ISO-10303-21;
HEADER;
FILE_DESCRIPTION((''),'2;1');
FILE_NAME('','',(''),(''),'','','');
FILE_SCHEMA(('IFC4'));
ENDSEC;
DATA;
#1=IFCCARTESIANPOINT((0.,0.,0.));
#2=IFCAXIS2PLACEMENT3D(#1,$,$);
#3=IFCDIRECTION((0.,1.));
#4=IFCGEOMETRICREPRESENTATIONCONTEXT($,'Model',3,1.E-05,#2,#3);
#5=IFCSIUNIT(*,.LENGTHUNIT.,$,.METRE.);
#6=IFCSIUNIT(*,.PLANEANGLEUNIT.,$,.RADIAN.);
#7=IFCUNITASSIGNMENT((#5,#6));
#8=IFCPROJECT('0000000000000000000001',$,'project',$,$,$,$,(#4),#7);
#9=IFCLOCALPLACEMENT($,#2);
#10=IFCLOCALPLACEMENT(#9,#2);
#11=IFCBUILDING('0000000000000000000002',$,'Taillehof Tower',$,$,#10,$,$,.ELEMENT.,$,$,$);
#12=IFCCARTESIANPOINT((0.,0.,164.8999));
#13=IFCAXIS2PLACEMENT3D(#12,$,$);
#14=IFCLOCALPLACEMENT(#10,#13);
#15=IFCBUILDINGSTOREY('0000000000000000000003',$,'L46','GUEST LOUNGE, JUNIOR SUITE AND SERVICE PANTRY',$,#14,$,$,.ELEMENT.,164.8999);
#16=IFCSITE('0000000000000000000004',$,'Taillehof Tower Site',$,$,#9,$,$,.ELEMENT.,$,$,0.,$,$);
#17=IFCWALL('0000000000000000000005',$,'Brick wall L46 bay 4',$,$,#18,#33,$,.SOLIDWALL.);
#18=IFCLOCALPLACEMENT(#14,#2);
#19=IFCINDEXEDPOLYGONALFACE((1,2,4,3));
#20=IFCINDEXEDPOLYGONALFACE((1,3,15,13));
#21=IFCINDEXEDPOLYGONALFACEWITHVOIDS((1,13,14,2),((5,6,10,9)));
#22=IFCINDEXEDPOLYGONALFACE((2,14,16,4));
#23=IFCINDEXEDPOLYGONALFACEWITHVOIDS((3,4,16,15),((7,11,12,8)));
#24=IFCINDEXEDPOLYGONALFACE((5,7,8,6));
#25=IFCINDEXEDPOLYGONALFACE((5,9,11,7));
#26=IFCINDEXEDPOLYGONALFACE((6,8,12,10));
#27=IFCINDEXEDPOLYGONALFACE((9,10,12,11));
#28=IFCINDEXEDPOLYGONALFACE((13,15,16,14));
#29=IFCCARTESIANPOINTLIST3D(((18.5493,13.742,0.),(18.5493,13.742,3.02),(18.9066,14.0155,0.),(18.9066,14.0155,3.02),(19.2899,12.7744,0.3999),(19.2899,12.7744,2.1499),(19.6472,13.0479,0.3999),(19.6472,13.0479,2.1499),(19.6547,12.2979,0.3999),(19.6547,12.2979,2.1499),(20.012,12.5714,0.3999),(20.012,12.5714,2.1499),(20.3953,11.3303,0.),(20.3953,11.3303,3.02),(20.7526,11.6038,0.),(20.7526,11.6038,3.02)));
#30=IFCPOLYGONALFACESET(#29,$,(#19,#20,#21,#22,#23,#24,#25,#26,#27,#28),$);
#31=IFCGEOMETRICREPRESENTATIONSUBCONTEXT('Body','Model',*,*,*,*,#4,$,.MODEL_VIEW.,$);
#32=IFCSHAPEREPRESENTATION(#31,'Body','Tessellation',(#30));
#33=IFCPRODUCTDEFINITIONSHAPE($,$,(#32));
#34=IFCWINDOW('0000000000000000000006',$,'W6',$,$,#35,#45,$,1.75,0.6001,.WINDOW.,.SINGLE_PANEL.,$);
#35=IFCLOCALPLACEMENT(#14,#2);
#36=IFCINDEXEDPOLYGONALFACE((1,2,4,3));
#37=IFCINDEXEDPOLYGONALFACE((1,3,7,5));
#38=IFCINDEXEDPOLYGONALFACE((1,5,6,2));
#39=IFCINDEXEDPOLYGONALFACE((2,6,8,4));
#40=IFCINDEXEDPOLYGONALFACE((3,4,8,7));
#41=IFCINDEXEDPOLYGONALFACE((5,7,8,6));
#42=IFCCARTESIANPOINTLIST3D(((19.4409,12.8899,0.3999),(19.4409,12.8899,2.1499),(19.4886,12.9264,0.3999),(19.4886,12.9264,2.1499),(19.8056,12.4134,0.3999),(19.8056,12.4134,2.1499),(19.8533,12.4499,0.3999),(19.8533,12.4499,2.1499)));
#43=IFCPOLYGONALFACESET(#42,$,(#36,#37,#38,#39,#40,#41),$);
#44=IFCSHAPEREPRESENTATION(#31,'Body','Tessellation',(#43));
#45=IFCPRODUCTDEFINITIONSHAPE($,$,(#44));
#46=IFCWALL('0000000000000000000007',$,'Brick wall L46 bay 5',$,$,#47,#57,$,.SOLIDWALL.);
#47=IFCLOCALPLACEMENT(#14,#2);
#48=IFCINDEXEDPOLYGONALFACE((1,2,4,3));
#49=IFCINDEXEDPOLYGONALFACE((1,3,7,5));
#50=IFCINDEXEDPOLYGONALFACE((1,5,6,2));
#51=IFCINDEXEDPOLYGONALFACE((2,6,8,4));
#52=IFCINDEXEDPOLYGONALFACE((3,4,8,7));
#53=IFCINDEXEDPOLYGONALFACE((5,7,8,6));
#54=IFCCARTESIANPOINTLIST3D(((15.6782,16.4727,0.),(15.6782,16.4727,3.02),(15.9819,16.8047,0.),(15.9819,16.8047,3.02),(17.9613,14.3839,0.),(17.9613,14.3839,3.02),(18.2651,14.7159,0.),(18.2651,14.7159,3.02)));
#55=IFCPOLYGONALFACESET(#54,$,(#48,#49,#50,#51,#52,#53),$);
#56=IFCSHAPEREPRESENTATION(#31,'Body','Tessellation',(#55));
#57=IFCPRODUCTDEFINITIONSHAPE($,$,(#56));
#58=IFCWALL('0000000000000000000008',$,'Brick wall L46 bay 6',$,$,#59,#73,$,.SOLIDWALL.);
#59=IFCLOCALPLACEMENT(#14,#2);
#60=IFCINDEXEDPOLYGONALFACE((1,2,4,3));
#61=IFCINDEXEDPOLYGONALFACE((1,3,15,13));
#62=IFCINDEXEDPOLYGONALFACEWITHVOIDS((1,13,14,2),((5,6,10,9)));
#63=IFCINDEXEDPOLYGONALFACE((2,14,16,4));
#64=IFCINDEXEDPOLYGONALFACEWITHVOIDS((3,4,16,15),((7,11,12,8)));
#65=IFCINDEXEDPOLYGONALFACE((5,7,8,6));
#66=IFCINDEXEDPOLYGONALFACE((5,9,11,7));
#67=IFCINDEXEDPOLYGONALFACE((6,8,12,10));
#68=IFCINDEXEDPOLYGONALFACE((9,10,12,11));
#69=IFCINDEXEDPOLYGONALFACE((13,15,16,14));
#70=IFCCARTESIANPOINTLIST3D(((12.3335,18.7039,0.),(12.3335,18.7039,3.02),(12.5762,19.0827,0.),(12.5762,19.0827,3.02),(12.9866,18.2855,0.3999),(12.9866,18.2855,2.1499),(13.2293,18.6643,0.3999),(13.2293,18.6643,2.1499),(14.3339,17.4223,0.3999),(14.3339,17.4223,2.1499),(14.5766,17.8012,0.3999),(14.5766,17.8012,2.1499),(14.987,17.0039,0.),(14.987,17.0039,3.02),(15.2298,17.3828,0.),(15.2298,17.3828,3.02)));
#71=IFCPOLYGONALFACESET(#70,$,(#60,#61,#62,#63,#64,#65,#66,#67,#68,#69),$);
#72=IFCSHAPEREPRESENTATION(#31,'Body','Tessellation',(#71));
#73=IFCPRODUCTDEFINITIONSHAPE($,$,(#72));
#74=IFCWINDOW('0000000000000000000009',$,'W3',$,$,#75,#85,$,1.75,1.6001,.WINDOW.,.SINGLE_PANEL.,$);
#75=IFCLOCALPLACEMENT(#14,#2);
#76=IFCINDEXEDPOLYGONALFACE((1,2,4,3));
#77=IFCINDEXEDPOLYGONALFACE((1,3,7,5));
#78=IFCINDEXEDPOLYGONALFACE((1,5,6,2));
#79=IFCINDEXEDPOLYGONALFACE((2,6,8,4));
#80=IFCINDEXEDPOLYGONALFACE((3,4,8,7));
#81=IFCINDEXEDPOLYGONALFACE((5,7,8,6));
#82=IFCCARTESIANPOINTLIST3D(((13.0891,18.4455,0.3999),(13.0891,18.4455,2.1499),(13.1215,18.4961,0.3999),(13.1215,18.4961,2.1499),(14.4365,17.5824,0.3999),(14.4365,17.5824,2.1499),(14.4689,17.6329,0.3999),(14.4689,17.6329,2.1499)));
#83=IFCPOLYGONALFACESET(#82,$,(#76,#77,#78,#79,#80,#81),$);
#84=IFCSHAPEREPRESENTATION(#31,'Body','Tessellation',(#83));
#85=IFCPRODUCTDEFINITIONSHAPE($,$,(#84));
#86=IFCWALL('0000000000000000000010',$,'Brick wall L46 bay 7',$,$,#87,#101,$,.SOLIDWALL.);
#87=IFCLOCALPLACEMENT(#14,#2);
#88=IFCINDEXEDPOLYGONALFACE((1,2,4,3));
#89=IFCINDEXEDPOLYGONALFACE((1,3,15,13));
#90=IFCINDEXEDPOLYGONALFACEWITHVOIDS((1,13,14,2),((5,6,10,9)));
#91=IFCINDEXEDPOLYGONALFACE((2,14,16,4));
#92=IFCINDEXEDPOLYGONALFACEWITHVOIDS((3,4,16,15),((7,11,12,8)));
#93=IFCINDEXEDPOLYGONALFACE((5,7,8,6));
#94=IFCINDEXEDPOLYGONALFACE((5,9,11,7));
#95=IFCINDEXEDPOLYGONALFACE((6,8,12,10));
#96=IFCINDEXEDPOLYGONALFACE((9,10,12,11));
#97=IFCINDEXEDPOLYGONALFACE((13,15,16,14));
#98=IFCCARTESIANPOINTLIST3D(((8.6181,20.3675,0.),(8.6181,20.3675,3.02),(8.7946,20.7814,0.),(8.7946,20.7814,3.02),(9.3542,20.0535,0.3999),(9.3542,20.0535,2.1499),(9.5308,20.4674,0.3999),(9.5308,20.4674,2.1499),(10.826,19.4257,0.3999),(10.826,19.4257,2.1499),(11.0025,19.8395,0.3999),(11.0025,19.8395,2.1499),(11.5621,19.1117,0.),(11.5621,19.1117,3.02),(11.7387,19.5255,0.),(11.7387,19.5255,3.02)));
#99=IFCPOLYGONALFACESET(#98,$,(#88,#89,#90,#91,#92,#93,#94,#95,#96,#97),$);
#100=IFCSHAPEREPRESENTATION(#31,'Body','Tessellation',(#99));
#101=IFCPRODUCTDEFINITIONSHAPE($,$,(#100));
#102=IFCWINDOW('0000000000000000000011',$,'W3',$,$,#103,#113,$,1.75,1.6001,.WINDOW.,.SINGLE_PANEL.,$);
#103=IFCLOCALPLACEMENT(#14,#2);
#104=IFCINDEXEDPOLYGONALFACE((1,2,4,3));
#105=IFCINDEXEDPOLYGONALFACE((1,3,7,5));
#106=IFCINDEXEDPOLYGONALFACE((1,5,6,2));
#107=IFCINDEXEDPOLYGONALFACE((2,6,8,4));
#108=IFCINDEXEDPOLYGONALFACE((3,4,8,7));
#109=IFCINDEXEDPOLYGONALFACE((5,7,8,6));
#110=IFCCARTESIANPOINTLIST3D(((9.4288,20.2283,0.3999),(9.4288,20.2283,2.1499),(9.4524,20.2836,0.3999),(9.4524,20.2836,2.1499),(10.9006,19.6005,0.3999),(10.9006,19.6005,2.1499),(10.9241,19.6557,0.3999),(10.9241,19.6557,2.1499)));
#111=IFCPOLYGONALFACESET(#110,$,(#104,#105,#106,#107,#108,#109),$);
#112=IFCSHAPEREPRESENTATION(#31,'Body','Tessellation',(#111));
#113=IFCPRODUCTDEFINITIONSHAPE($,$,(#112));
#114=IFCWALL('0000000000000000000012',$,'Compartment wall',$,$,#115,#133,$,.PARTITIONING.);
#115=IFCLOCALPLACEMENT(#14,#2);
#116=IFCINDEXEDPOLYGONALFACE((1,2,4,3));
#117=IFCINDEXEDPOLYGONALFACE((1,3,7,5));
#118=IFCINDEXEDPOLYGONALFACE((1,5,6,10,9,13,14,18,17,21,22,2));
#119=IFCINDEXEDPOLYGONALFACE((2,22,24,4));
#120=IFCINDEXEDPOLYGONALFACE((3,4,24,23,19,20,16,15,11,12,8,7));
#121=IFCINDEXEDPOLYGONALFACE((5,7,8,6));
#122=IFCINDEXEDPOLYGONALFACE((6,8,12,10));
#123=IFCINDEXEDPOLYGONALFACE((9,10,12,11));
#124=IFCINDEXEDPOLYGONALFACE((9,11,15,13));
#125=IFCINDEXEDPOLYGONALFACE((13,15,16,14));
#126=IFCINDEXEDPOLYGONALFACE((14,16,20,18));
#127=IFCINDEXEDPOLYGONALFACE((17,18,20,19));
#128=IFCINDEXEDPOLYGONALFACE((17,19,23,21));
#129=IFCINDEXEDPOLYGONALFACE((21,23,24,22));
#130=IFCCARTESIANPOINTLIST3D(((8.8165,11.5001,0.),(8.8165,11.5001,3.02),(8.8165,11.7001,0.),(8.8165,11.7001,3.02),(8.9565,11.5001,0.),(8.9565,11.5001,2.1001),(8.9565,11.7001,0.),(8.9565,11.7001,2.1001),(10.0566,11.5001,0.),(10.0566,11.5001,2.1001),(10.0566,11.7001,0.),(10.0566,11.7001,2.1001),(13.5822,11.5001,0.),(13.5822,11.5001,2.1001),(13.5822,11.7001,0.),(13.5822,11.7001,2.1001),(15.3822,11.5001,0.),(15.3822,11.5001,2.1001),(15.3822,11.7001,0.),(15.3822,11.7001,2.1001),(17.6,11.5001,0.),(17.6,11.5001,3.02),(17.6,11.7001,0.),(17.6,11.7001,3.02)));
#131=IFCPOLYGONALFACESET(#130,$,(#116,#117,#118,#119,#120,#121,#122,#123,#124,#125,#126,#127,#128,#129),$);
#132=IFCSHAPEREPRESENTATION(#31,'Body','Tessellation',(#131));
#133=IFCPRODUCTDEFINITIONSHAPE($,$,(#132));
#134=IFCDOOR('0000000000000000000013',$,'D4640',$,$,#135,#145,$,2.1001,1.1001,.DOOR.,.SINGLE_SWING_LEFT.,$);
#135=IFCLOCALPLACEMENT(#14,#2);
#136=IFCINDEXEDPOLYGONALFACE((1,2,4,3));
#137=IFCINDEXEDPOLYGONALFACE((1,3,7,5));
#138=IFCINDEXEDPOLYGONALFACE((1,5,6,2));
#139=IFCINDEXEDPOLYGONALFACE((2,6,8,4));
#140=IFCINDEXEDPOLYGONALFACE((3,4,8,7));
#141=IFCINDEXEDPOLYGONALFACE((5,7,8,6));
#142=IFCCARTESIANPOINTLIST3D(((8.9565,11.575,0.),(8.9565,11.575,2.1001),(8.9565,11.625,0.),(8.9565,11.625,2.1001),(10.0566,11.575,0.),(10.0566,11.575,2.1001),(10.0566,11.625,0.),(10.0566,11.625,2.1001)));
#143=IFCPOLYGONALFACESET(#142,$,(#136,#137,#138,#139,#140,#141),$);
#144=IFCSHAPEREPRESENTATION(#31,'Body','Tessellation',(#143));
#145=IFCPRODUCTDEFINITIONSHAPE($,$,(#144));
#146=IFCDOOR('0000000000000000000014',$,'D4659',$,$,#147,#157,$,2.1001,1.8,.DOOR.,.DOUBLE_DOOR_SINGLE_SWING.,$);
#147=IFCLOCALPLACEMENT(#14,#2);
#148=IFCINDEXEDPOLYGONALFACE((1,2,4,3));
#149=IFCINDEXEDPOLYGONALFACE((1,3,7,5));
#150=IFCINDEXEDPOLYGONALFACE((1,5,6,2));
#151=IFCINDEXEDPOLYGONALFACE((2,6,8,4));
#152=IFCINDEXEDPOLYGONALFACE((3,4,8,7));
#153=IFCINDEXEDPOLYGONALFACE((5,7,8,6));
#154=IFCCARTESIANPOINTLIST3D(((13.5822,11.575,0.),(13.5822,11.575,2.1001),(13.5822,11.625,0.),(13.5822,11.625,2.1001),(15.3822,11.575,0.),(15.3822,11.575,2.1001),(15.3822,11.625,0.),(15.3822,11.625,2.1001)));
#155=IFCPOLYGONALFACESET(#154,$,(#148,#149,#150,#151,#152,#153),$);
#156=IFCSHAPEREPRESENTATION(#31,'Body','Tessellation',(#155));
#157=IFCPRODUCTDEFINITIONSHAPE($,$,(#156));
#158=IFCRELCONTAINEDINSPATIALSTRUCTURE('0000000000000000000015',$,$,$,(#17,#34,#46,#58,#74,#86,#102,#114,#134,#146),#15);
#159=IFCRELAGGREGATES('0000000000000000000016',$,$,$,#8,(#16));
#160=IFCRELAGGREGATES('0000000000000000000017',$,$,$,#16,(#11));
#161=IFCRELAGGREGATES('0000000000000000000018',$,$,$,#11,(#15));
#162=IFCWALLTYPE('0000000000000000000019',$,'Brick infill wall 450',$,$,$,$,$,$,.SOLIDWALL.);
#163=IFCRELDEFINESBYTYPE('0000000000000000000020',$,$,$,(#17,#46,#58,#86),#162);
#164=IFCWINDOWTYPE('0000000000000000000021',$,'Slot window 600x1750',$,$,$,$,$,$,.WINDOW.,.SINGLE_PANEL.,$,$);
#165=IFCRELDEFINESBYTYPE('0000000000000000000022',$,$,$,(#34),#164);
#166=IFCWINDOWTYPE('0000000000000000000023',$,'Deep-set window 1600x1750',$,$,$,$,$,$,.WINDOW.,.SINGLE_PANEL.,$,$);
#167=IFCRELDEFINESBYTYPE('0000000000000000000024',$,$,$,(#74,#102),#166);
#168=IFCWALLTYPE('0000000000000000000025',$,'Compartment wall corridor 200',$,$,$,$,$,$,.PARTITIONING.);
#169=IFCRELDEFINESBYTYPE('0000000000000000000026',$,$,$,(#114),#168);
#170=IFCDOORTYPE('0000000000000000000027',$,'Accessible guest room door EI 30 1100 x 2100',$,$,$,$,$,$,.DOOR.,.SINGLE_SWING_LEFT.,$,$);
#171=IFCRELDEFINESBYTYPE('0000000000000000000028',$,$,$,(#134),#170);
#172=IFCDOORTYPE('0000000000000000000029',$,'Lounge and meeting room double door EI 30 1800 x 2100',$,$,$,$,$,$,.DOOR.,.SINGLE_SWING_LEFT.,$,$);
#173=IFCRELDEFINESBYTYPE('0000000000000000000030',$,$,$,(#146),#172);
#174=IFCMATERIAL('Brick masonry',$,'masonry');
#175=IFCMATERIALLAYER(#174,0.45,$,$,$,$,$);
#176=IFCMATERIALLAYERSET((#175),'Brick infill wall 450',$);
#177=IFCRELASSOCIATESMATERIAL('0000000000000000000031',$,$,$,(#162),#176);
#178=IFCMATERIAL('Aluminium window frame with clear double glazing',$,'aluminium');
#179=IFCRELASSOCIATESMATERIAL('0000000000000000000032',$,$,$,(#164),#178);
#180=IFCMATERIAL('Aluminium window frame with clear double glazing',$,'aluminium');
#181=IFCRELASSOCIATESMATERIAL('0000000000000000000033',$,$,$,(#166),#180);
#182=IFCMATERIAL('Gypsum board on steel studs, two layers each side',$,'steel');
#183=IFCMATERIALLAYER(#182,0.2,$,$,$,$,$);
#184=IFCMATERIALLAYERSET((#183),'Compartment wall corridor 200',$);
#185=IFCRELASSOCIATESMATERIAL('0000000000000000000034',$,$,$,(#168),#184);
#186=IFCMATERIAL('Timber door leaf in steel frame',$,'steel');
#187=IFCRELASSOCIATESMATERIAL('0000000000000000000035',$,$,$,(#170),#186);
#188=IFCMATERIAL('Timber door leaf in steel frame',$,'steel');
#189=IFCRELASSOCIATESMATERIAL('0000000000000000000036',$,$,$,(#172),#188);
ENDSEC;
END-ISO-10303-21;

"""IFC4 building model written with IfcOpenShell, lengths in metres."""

from ifc_helpers import new_model, si_unit, direction, frame, frame_2d, origin, place, context, subcontext, project, spatial, rectangle, extrude, material, layer, layer_set, type_object, element, fill, save


model = new_model("IFC4")

# Units and contexts
model_context = context("Model", 3, precision=1e-05, world=origin(), true_north=direction((0.0, 1.0)))
body_context = subcontext(model_context, "Body", "Model", "MODEL_VIEW")
ifc_project = project(units=[si_unit("LENGTHUNIT", "METRE"), si_unit("PLANEANGLEUNIT", "RADIAN")], contexts=[model_context])

# Site, building, storey
site_placement = place(None, origin())
site = spatial("IfcSite", under=ifc_project, at=site_placement, Name="Taillehof Tower Site", CompositionType="ELEMENT", RefElevation=0.0)
building_placement = place(site_placement, origin())
building = spatial("IfcBuilding", under=site, at=building_placement, Name="Taillehof Tower", CompositionType="ELEMENT")
storey_placement = place(building_placement, frame((0.0, 0.0, 164.8999)))
storey = spatial("IfcBuildingStorey", under=building, at=storey_placement, Name="L46", Description="GUEST LOUNGE, JUNIOR SUITE AND SERVICE PANTRY", CompositionType="ELEMENT", Elevation=164.8999)

# Wall, opening, window
ifc_material_1 = material(Name="Brick masonry", Category="masonry")
ifc_layer_1 = layer(ifc_material_1, 0.45)
ifc_layer_set_1 = layer_set([ifc_layer_1], Name="Brick infill wall 450")
wall_type_1 = type_object("IfcWallType", Name="Brick infill wall 450", PredefinedType="SOLIDWALL", material=ifc_layer_set_1)
wall_1_placement = place(storey_placement, frame((20.574, 11.467, 0.0), z_axis=(0.0, 0.0, 1.0), x_axis=(-0.607817, 0.794077, 0.0)))
wall_1 = element("IfcWall", 1, at=wall_1_placement, inside=storey, type_object=wall_type_1, Name="Brick wall L46 bay 4", PredefinedType="SOLIDWALL", context=body_context, shape_type="SweptSolid", body=[
    extrude(rectangle(XDim=3.0371, YDim=0.45, at=frame_2d((1.5186, 0.0))), origin(), (0.0, 0.0, 1.0), 3.02),
])
opening_1_placement = place(wall_1_placement, frame((1.2185, 0.0, 0.3999)))
opening_1 = element("IfcOpeningElement", 2, at=opening_1_placement, cuts=wall_1, PredefinedType="OPENING", context=body_context, shape_type="SweptSolid", body=[
    extrude(rectangle(XDim=0.6001, YDim=1.75, at=frame_2d((0.3, 0.875))), frame((0.0, 0.2349, 0.0), z_axis=(0.0, -1.0, 0.0), x_axis=(1.0, 0.0, 0.0)), (0.0, 0.0, 1.0), 0.47),
])
ifc_material_2 = material(Name="Aluminium window frame with clear double glazing", Category="aluminium")
window_type_1 = type_object("IfcWindowType", Name="Slot window 600x1750", PartitioningType="SINGLE_PANEL", PredefinedType="WINDOW", material=ifc_material_2)
window_1_placement = place(opening_1_placement, origin())
window_1 = element("IfcWindow", 3, at=window_1_placement, inside=storey, type_object=window_type_1, Name="W6", OverallHeight=1.75, OverallWidth=0.6001, PartitioningType="SINGLE_PANEL", PredefinedType="WINDOW", context=body_context, shape_type="SweptSolid", body=[
    extrude(rectangle(XDim=0.6001, YDim=1.75, at=frame_2d((0.3, 0.875))), frame((0.0, 0.0349, 0.0), z_axis=(0.0, -1.0, 0.0), x_axis=(1.0, 0.0, 0.0)), (0.0, 0.0, 1.0), 0.0601),
])
fill(opening_1, window_1)

# Wall
wall_2_placement = place(storey_placement, frame((18.1133, 14.5498, 0.0), z_axis=(0.0, 0.0, 1.0), x_axis=(-0.737809, 0.67501, 0.0)))
element("IfcWall", 4, at=wall_2_placement, inside=storey, type_object=wall_type_1, Name="Brick wall L46 bay 5", PredefinedType="SOLIDWALL", context=body_context, shape_type="SweptSolid", body=[
    extrude(rectangle(XDim=3.0945, YDim=0.45, at=frame_2d((1.5474, 0.0))), origin(), (0.0, 0.0, 1.0), 3.02),
])

# Walls, openings, windows
wall_3_placement = place(storey_placement, frame((15.1084, 17.1934, 0.0), z_axis=(0.0, 0.0, 1.0), x_axis=(-0.842031, 0.53943, 0.0)))
wall_3 = element("IfcWall", 5, at=wall_3_placement, inside=storey, type_object=wall_type_1, Name="Brick wall L46 bay 6", PredefinedType="SOLIDWALL", context=body_context, shape_type="SweptSolid", body=[
    extrude(rectangle(XDim=3.1514, YDim=0.45, at=frame_2d((1.5757, 0.0))), origin(), (0.0, 0.0, 1.0), 3.02),
])
opening_2_placement = place(wall_3_placement, frame((0.7756, 0.0, 0.3999)))
opening_2 = element("IfcOpeningElement", 6, at=opening_2_placement, cuts=wall_3, PredefinedType="OPENING", context=body_context, shape_type="SweptSolid", body=[
    extrude(rectangle(XDim=1.6001, YDim=1.75, at=frame_2d((0.8, 0.875))), frame((0.0, 0.2349, 0.0), z_axis=(0.0, -1.0, 0.0), x_axis=(1.0, 0.0, 0.0)), (0.0, 0.0, 1.0), 0.47),
])
ifc_material_3 = material(Name="Aluminium window frame with clear double glazing", Category="aluminium")
window_type_2 = type_object("IfcWindowType", Name="Deep-set window 1600x1750", PartitioningType="SINGLE_PANEL", PredefinedType="WINDOW", material=ifc_material_3)
window_2_placement = place(opening_2_placement, origin())
window_2 = element("IfcWindow", 7, at=window_2_placement, inside=storey, type_object=window_type_2, Name="W3", OverallHeight=1.75, OverallWidth=1.6001, PartitioningType="SINGLE_PANEL", PredefinedType="WINDOW", context=body_context, shape_type="SweptSolid", body=[
    extrude(rectangle(XDim=1.6001, YDim=1.75, at=frame_2d((0.8, 0.875))), frame((0.0, 0.0349, 0.0), z_axis=(0.0, -1.0, 0.0), x_axis=(1.0, 0.0, 0.0)), (0.0, 0.0, 1.0), 0.0601),
])
fill(opening_2, window_2)
wall_4_placement = place(storey_placement, frame((11.6504, 19.3186, 0.0), z_axis=(0.0, 0.0, 1.0), x_axis=(-0.91981, 0.392363, 0.0)))
wall_4 = element("IfcWall", 8, at=wall_4_placement, inside=storey, type_object=wall_type_1, Name="Brick wall L46 bay 7", PredefinedType="SOLIDWALL", context=body_context, shape_type="SweptSolid", body=[
    extrude(rectangle(XDim=3.2007, YDim=0.45, at=frame_2d((1.6003, 0.0))), origin(), (0.0, 0.0, 1.0), 3.02),
])
opening_3_placement = place(wall_4_placement, frame((0.8003, 0.0, 0.3999)))
opening_3 = element("IfcOpeningElement", 9, at=opening_3_placement, cuts=wall_4, PredefinedType="OPENING", context=body_context, shape_type="SweptSolid", body=[
    extrude(rectangle(XDim=1.6001, YDim=1.75, at=frame_2d((0.8, 0.875))), frame((0.0, 0.2349, 0.0), z_axis=(0.0, -1.0, 0.0), x_axis=(1.0, 0.0, 0.0)), (0.0, 0.0, 1.0), 0.47),
])
window_3_placement = place(opening_3_placement, origin())
window_3 = element("IfcWindow", 10, at=window_3_placement, inside=storey, type_object=window_type_2, Name="W3", OverallHeight=1.75, OverallWidth=1.6001, PartitioningType="SINGLE_PANEL", PredefinedType="WINDOW", context=body_context, shape_type="SweptSolid", body=[
    extrude(rectangle(XDim=1.6001, YDim=1.75, at=frame_2d((0.8, 0.875))), frame((0.0, 0.0349, 0.0), z_axis=(0.0, -1.0, 0.0), x_axis=(1.0, 0.0, 0.0)), (0.0, 0.0, 1.0), 0.0601),
])
fill(opening_3, window_3)

# Wall, openings, doors
ifc_material_4 = material(Name="Gypsum board on steel studs, two layers each side", Category="steel")
ifc_layer_2 = layer(ifc_material_4, 0.2)
ifc_layer_set_2 = layer_set([ifc_layer_2], Name="Compartment wall corridor 200")
wall_type_2 = type_object("IfcWallType", Name="Compartment wall corridor 200", PredefinedType="PARTITIONING", material=ifc_layer_set_2)
wall_5_placement = place(storey_placement, frame((8.8167, 11.6001, 0.0), z_axis=(0.0, 0.0, 1.0), x_axis=(1.0, 0.0, 0.0)))
wall_5 = element("IfcWall", 11, at=wall_5_placement, inside=storey, type_object=wall_type_2, Name="Compartment wall", PredefinedType="PARTITIONING", context=body_context, shape_type="SweptSolid", body=[
    extrude(rectangle(XDim=8.7834, YDim=0.2, at=frame_2d((4.3916, 0.0))), origin(), (0.0, 0.0, 1.0), 3.02),
])
opening_4_placement = place(wall_5_placement, frame((0.1399, 0.0, 0.0)))
opening_4 = element("IfcOpeningElement", 12, at=opening_4_placement, cuts=wall_5, PredefinedType="OPENING", context=body_context, shape_type="SweptSolid", body=[
    extrude(rectangle(XDim=1.1001, YDim=2.1001, at=frame_2d((0.55, 1.05))), frame((0.0, 0.1099, 0.0), z_axis=(0.0, -1.0, 0.0), x_axis=(1.0, 0.0, 0.0)), (0.0, 0.0, 1.0), 0.22),
])
opening_5_placement = place(wall_5_placement, frame((4.7656, 0.0, 0.0)))
opening_5 = element("IfcOpeningElement", 13, at=opening_5_placement, cuts=wall_5, PredefinedType="OPENING", context=body_context, shape_type="SweptSolid", body=[
    extrude(rectangle(XDim=1.8, YDim=2.1001, at=frame_2d((0.8999, 1.05))), frame((0.0, 0.1099, 0.0), z_axis=(0.0, -1.0, 0.0), x_axis=(1.0, 0.0, 0.0)), (0.0, 0.0, 1.0), 0.22),
])
ifc_material_5 = material(Name="Timber door leaf in steel frame", Category="steel")
door_type_1 = type_object("IfcDoorType", Name="Accessible guest room door EI 30 1100 x 2100", OperationType="SINGLE_SWING_LEFT", PredefinedType="DOOR", material=ifc_material_5)
door_1_placement = place(opening_4_placement, origin())
door_1 = element("IfcDoor", 14, at=door_1_placement, inside=storey, type_object=door_type_1, Name="D4640", OperationType="SINGLE_SWING_LEFT", OverallHeight=2.1001, OverallWidth=1.1001, PredefinedType="DOOR", context=body_context, shape_type="SweptSolid", body=[
    extrude(rectangle(XDim=1.1001, YDim=2.1001, at=frame_2d((0.55, 1.05))), frame((0.0, 0.0249, 0.0), z_axis=(0.0, -1.0, 0.0), x_axis=(1.0, 0.0, 0.0)), (0.0, 0.0, 1.0), 0.05),
])
fill(opening_4, door_1)
ifc_material_6 = material(Name="Timber door leaf in steel frame", Category="steel")
door_type_2 = type_object("IfcDoorType", Name="Lounge and meeting room double door EI 30 1800 x 2100", OperationType="SINGLE_SWING_LEFT", PredefinedType="DOOR", material=ifc_material_6)
door_2_placement = place(opening_5_placement, origin())
door_2 = element("IfcDoor", 15, at=door_2_placement, inside=storey, type_object=door_type_2, Name="D4659", OperationType="DOUBLE_DOOR_SINGLE_SWING", OverallHeight=2.1001, OverallWidth=1.8, PredefinedType="DOOR", context=body_context, shape_type="SweptSolid", body=[
    extrude(rectangle(XDim=1.8, YDim=2.1001, at=frame_2d((0.8999, 1.05))), frame((0.0, 0.0249, 0.0), z_axis=(0.0, -1.0, 0.0), x_axis=(1.0, 0.0, 0.0)), (0.0, 0.0, 1.0), 0.05),
])
fill(opening_5, door_2)

save(model, "model.ifc")
